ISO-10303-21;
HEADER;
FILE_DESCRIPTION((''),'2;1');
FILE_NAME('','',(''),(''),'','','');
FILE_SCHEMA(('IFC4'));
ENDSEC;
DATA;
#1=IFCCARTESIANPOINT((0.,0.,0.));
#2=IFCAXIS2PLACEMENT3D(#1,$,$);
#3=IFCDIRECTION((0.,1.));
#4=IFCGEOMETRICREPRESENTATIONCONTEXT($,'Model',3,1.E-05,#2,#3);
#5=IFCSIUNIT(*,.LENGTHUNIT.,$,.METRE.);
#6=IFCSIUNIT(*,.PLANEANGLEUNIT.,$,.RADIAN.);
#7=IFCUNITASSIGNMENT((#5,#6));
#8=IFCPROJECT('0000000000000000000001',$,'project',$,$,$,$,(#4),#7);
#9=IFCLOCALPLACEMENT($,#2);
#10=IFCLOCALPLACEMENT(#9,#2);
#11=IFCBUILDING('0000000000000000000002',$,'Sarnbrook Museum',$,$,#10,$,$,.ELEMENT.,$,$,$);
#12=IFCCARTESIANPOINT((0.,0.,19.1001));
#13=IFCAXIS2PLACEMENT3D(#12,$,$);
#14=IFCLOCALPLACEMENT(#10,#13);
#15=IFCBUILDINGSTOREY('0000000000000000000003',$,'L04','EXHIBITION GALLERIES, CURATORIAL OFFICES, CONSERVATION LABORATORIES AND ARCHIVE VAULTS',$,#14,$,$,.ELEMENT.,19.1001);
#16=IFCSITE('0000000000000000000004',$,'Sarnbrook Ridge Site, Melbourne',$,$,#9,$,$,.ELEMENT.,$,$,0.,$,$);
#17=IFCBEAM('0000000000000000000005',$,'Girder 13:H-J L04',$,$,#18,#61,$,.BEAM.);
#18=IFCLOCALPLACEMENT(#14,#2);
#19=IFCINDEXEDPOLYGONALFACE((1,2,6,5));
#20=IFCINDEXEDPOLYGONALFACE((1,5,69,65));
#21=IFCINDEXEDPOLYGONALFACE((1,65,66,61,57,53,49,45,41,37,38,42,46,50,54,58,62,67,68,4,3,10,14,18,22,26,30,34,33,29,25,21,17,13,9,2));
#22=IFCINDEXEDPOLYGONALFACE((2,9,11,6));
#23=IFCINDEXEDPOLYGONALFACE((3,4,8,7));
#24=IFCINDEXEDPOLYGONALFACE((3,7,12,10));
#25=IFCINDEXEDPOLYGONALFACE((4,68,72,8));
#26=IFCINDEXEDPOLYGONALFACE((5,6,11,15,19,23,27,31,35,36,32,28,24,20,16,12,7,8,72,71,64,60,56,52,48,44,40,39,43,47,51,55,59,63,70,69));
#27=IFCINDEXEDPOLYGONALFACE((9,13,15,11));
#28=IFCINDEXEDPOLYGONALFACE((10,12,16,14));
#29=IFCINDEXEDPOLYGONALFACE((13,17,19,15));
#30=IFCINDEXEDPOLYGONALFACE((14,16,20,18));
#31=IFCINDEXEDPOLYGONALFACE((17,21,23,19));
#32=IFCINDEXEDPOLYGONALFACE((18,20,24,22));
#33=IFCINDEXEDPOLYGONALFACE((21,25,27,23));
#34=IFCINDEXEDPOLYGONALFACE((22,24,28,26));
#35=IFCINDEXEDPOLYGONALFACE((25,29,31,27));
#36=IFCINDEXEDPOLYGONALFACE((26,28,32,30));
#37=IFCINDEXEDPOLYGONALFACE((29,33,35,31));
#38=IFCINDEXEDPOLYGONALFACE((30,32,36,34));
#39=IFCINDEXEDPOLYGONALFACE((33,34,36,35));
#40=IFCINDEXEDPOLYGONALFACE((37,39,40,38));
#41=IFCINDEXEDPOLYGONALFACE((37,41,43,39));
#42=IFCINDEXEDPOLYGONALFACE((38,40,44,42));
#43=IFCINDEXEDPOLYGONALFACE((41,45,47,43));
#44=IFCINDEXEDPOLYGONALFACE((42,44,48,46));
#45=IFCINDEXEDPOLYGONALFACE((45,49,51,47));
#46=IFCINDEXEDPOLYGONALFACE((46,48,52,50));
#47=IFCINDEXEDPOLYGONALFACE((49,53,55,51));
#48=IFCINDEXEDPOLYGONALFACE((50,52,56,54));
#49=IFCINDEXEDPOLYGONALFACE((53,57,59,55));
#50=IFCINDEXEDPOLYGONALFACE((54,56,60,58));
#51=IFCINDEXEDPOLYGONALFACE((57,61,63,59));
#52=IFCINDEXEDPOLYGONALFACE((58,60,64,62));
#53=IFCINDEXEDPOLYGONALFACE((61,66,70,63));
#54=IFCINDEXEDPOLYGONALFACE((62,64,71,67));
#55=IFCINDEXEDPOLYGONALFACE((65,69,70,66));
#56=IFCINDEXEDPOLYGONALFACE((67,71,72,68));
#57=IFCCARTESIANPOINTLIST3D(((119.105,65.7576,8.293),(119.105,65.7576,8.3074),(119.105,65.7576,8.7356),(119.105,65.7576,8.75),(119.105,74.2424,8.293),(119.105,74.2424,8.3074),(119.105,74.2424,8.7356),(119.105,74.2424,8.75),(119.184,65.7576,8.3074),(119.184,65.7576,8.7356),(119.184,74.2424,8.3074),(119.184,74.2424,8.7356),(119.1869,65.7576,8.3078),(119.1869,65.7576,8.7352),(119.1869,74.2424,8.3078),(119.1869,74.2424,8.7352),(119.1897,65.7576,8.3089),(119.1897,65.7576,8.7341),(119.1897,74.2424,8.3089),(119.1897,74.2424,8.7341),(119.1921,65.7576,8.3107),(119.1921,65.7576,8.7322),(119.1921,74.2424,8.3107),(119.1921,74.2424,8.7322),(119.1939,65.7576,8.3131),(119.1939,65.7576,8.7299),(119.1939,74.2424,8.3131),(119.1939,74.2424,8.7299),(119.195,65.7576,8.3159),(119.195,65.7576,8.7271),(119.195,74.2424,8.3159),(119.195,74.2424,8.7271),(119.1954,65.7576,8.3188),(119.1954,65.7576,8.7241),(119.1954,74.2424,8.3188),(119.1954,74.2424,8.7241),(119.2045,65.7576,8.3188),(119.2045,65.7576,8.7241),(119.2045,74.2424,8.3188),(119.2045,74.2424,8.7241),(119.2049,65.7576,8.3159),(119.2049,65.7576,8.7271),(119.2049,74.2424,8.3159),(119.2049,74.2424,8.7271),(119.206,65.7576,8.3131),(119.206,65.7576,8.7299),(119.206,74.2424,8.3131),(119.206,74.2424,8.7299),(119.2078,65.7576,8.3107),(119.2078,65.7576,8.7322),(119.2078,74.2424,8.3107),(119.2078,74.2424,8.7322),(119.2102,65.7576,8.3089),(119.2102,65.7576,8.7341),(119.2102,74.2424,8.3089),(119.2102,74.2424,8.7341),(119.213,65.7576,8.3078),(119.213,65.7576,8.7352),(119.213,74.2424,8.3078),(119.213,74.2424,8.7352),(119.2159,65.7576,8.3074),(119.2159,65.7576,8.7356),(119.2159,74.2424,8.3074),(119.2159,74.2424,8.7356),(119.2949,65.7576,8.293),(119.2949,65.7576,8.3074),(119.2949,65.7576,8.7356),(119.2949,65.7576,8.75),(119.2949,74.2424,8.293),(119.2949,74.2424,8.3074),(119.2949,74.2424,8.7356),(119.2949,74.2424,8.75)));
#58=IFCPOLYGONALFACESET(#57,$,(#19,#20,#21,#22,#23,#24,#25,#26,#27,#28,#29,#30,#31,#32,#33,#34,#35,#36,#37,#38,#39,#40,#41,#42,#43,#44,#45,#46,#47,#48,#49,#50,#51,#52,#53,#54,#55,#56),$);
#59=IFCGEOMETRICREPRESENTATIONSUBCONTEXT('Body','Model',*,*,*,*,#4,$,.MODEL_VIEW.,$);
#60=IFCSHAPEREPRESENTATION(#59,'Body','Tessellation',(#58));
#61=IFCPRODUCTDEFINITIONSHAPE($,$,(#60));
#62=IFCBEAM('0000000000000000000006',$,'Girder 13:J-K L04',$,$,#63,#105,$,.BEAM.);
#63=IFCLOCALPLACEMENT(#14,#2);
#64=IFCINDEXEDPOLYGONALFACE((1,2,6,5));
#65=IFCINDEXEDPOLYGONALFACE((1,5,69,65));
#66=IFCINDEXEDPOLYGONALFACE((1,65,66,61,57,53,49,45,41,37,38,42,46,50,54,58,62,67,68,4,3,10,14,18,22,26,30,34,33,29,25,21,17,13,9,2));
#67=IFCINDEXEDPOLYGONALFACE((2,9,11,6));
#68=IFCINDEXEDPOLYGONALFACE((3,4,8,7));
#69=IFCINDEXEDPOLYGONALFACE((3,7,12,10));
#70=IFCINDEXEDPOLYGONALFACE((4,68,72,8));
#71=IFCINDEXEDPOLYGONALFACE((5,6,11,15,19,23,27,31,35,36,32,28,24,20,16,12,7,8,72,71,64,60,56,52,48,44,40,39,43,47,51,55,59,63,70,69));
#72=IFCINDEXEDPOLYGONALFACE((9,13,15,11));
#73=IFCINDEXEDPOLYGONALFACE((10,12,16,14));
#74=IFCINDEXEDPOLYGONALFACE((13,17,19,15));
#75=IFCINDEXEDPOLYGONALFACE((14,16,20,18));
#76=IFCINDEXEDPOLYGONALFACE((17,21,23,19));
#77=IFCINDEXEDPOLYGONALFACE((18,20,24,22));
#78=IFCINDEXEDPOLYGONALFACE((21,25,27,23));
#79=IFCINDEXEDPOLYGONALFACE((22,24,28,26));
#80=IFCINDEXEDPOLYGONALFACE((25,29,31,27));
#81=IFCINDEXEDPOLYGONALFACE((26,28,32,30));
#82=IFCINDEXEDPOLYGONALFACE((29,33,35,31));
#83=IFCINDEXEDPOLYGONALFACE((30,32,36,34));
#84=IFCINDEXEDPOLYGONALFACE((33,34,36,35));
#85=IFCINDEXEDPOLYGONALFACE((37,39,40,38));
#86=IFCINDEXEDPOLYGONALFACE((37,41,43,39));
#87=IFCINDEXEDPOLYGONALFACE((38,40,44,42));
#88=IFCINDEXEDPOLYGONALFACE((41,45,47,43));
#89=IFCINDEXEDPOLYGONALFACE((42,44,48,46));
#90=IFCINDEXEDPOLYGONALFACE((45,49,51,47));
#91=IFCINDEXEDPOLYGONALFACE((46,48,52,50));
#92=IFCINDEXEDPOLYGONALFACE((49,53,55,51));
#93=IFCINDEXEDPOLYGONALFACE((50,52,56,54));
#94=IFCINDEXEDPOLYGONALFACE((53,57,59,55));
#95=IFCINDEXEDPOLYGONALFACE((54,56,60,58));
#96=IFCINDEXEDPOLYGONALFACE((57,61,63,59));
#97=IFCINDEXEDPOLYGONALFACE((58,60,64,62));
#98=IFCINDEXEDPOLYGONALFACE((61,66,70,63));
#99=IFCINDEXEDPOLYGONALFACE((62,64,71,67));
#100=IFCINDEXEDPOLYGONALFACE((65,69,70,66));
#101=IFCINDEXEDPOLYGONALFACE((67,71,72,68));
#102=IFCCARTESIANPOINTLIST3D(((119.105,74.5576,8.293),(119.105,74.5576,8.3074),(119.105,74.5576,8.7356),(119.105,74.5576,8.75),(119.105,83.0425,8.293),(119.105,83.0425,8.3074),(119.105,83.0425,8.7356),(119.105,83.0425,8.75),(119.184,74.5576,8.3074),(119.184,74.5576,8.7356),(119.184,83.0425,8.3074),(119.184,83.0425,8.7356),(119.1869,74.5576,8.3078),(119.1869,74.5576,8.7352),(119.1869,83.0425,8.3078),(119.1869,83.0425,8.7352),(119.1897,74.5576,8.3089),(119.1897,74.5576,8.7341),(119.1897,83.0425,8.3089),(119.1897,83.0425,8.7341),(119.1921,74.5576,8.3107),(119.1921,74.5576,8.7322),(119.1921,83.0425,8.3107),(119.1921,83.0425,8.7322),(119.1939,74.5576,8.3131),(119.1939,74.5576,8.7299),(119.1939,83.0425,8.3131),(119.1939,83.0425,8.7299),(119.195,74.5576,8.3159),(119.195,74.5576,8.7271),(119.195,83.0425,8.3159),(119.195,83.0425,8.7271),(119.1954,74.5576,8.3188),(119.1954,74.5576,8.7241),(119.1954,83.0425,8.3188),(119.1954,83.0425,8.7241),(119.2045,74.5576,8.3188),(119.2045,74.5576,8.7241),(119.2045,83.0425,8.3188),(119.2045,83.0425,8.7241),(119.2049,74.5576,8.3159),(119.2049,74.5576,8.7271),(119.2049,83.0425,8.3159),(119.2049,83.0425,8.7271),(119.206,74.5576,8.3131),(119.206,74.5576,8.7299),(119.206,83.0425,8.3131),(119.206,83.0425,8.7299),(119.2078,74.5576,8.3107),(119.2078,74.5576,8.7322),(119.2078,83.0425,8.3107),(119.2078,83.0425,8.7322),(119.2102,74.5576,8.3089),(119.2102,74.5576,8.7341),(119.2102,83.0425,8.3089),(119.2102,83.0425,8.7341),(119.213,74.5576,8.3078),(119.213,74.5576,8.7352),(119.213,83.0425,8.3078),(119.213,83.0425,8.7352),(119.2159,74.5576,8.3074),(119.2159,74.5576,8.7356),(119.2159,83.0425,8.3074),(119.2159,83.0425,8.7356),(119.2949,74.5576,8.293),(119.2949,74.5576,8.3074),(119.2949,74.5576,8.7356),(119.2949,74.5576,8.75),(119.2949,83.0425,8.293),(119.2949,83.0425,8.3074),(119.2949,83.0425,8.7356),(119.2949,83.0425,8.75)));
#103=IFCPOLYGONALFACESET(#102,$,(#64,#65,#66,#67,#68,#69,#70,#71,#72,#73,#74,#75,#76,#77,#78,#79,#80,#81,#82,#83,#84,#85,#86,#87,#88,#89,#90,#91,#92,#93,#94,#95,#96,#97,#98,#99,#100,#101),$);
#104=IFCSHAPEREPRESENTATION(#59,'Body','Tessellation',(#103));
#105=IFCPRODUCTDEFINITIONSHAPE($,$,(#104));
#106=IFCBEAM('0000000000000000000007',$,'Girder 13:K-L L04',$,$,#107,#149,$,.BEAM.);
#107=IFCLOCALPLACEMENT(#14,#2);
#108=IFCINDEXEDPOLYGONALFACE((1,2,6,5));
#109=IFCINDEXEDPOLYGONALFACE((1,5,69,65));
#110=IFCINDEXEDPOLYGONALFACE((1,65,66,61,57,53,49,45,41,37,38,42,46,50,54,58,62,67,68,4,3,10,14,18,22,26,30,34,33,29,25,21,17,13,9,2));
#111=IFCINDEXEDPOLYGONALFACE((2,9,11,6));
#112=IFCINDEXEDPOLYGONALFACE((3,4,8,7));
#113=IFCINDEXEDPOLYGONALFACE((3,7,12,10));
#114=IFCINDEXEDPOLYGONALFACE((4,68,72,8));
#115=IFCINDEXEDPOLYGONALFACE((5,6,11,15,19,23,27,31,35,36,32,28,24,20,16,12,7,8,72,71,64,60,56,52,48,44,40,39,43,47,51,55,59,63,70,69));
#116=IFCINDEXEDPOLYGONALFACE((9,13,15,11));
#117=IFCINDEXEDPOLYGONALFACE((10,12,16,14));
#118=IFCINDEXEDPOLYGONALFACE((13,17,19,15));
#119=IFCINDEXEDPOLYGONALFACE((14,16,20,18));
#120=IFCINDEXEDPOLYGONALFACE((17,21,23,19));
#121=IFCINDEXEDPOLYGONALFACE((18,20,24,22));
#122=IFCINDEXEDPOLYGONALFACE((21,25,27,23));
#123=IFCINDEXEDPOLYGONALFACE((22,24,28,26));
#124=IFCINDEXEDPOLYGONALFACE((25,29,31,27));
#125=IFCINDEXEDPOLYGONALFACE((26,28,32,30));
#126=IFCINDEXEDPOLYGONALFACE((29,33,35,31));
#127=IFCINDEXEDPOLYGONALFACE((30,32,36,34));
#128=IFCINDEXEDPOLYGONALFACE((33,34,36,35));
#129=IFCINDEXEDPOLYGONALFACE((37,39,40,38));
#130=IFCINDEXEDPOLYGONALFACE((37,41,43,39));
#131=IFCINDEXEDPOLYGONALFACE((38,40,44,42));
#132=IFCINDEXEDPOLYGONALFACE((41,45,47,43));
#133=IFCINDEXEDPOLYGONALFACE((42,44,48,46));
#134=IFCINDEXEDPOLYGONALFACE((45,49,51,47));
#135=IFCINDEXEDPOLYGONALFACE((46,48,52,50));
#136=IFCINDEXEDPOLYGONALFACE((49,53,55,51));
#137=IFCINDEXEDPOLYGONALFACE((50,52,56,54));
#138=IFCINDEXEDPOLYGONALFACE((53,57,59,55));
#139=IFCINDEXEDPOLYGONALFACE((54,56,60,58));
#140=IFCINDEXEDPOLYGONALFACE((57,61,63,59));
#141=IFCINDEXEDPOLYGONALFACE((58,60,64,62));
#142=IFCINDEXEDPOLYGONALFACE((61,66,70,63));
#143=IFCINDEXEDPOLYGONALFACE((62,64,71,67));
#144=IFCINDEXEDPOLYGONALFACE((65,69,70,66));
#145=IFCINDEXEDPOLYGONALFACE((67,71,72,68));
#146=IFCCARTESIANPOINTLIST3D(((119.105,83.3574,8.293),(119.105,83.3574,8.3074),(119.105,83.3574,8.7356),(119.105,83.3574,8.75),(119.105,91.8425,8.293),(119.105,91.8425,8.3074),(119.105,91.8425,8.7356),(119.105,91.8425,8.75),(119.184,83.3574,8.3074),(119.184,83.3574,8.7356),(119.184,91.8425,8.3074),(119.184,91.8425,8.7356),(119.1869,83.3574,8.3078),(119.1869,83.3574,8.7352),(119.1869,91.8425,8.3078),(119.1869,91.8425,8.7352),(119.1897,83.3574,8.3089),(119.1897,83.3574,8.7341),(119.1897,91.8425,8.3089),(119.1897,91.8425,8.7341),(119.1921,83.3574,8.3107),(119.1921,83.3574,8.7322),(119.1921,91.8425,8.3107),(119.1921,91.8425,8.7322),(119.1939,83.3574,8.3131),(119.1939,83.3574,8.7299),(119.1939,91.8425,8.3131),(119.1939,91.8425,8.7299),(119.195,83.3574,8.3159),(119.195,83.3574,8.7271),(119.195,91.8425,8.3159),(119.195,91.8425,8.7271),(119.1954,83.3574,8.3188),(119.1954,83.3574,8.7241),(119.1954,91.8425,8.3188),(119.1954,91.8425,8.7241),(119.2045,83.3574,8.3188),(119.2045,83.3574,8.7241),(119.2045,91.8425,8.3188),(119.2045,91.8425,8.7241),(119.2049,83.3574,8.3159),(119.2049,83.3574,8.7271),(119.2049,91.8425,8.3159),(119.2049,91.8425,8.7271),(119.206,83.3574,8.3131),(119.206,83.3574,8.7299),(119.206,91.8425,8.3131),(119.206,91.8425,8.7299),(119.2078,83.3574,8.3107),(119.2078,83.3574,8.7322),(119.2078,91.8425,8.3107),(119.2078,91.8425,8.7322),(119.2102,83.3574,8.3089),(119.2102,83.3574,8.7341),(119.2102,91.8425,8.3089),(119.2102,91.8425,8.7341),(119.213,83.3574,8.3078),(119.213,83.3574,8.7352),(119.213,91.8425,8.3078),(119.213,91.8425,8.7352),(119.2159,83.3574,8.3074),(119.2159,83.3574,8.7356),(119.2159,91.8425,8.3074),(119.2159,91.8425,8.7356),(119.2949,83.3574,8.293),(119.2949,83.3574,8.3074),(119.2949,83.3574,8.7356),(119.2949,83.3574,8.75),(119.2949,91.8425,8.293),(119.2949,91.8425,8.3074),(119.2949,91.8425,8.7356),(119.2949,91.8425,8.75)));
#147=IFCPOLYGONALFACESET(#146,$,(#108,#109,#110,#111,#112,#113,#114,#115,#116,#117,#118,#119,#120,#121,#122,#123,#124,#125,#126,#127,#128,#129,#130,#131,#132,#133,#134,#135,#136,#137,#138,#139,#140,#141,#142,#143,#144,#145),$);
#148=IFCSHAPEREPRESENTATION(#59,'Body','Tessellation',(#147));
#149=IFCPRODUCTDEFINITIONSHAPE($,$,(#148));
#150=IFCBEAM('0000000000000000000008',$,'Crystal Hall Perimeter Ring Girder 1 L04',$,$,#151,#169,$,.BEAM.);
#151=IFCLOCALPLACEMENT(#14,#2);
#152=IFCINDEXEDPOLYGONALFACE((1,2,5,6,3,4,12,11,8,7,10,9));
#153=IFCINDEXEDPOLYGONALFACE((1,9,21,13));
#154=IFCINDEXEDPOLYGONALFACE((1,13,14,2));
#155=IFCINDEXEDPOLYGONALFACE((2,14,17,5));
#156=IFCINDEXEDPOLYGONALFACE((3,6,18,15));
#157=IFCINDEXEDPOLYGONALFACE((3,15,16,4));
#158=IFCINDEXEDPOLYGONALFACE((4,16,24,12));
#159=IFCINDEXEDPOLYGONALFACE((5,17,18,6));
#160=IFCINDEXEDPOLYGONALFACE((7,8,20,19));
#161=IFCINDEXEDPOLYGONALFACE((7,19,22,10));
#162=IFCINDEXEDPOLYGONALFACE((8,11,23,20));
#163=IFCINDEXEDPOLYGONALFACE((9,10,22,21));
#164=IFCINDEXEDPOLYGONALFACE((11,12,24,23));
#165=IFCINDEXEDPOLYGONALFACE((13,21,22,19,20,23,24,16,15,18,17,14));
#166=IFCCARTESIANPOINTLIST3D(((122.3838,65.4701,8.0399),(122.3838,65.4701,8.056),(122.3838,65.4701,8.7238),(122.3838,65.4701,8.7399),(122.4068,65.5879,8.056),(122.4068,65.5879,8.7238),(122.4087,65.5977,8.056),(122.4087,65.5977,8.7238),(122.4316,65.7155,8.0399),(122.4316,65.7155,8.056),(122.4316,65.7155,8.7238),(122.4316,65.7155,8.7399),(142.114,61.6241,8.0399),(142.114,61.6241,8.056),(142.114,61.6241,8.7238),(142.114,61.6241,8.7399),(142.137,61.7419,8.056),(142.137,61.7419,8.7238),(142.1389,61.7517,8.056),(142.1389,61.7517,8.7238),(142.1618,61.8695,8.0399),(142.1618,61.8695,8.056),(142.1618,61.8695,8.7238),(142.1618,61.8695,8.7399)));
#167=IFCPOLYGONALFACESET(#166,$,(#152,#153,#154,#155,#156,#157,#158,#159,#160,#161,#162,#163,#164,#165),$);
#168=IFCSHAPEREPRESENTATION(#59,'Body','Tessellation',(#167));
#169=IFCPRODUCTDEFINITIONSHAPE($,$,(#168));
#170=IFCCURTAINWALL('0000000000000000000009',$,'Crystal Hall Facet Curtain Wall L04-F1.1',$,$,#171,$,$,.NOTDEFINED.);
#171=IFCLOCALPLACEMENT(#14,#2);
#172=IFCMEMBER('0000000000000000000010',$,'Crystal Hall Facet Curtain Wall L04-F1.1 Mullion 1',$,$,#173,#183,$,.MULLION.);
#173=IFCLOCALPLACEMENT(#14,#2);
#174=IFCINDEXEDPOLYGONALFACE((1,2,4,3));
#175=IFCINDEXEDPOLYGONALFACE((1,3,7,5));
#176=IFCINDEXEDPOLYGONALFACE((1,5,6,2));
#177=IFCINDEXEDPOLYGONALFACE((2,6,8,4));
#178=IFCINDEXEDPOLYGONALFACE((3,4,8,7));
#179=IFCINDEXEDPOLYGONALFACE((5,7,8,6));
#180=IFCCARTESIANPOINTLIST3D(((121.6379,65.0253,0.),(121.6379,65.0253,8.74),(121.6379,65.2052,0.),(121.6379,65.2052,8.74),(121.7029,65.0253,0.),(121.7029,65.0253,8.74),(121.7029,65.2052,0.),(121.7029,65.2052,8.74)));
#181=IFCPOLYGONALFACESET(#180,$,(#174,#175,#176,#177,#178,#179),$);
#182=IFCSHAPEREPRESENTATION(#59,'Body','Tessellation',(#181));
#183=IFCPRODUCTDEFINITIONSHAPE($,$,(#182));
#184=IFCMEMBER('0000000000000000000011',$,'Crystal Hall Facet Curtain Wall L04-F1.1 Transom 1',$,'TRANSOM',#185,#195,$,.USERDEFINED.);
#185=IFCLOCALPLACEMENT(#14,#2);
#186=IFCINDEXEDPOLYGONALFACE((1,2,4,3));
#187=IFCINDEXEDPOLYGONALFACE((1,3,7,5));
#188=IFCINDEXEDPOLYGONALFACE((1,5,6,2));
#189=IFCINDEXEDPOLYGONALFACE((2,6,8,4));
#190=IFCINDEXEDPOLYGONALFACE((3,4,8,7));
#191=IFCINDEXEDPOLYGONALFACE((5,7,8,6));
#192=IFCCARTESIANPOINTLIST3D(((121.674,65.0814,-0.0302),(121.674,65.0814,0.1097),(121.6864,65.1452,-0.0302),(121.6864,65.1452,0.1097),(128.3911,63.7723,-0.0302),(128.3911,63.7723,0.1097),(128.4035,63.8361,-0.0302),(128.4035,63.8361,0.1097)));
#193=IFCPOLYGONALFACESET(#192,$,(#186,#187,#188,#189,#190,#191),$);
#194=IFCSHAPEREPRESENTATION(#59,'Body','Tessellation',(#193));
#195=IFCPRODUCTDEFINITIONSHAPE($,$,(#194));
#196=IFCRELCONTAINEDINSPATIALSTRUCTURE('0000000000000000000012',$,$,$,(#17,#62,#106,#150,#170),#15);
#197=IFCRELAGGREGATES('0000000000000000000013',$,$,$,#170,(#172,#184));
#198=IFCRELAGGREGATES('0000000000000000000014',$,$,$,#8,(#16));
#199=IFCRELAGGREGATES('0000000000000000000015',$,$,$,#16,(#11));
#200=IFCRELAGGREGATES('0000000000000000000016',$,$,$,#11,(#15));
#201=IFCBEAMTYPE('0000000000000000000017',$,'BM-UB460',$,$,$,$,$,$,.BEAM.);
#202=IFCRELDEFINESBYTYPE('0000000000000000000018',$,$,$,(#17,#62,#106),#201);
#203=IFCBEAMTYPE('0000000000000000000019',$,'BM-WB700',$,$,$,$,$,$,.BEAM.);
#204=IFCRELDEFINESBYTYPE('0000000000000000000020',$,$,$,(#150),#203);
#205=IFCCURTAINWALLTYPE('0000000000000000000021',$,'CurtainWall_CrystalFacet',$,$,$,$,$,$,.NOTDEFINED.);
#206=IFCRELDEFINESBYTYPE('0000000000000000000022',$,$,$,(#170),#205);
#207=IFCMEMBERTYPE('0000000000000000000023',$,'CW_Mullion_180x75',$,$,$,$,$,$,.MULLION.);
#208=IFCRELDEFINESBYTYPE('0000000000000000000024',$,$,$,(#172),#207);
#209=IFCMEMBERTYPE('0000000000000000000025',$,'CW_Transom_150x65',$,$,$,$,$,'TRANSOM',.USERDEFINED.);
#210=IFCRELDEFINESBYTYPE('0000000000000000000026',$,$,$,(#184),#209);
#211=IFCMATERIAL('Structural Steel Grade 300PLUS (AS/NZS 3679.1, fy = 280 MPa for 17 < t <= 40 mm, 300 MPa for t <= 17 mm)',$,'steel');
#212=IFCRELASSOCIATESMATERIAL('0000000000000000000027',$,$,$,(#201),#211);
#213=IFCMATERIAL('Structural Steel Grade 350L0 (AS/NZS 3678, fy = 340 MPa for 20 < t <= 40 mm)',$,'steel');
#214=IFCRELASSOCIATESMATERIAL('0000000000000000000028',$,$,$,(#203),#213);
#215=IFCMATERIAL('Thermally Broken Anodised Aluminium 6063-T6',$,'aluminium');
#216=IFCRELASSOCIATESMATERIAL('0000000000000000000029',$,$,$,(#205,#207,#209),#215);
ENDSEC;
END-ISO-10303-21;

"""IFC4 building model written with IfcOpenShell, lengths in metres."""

from ifc_helpers import new_model, si_unit, direction, frame, origin, origin_2d, place, context, subcontext, project, spatial, rectangle, i_section, extrude, material, material_profile, profile_set, type_object, element, aggregate, save


model = new_model("IFC4")

# Units and contexts
model_context = context("Model", 3, precision=1e-05, world=origin(), true_north=direction((0.0, 1.0)))
body_context = subcontext(model_context, "Body", "Model", "MODEL_VIEW")
ifc_project = project(units=[si_unit("LENGTHUNIT", "METRE"), si_unit("PLANEANGLEUNIT", "RADIAN")], contexts=[model_context])

# Site, building, storey
site_placement = place(None, origin())
site = spatial("IfcSite", under=ifc_project, at=site_placement, Name="Sarnbrook Ridge Site, Melbourne", CompositionType="ELEMENT", RefElevation=0.0)
building_placement = place(site_placement, origin())
building = spatial("IfcBuilding", under=site, at=building_placement, Name="Sarnbrook Museum", CompositionType="ELEMENT")
storey_placement = place(building_placement, frame((0.0, 0.0, 19.1001)))
storey = spatial("IfcBuildingStorey", under=building, at=storey_placement, Name="L04", Description="EXHIBITION GALLERIES, CURATORIAL OFFICES, CONSERVATION LABORATORIES AND ARCHIVE VAULTS", CompositionType="ELEMENT", Elevation=19.1001)

# Shared definitions
ifc_material_1 = material(Name="Structural Steel Grade 300PLUS (AS/NZS 3679.1, fy = 280 MPa for 17 < t <= 40 mm, 300 MPa for t <= 17 mm)", Category="steel")
ifc_material_2 = material(Name="Structural Steel Grade 350L0 (AS/NZS 3678, fy = 340 MPa for 20 < t <= 40 mm)", Category="steel")

# Beams
ifc_material_profile_1 = material_profile(ifc_material_1, i_section(OverallWidth=0.1899, OverallDepth=0.457, WebThickness=0.009, FlangeThickness=0.0144, FilletRadius=0.0115, at=origin_2d()), Name="460UB74.6")
ifc_profile_set_1 = profile_set([ifc_material_profile_1], Name="Structural Steel Grade 300PLUS (AS/NZS 3679.1, fy = 280 MPa for 17 < t <= 40 mm, 300 MPa for t <= 17 mm)")
beam_type_1 = type_object("IfcBeamType", Name="BM-UB460", PredefinedType="BEAM", material=ifc_profile_set_1)
for number, where, z_axis, x_axis, name in (
    (1, (119.2, 65.7576, 8.5215), (0.0, 1.0, 0.0), (-1.0, 0.0, 0.0), "Girder 13:H-J L04"),
    (2, (119.2, 74.5576, 8.5215), (0.0, 1.0, 0.0), (-1.0, 0.0, 0.0), "Girder 13:J-K L04"),
):
    element("IfcBeam", number, at=place(storey_placement, frame(where, z_axis=z_axis, x_axis=x_axis)), inside=storey, type_object=beam_type_1, Name=name, PredefinedType="BEAM", context=body_context, shape_type="SweptSolid", body=[
        extrude(i_section(OverallWidth=0.1899, OverallDepth=0.457, WebThickness=0.009, FlangeThickness=0.0144, FilletRadius=0.0115, at=origin_2d()), origin(), (0.0, 0.0, 1.0), 8.4849),
    ])
beam_1_placement = place(storey_placement, frame((119.2, 83.3574, 8.5215), z_axis=(0.0, 1.0, 0.0), x_axis=(-1.0, 0.0, 0.0)))
element("IfcBeam", 3, at=beam_1_placement, inside=storey, type_object=beam_type_1, Name="Girder 13:K-L L04", PredefinedType="BEAM", context=body_context, shape_type="SweptSolid", body=[
    extrude(i_section(OverallWidth=0.1899, OverallDepth=0.457, WebThickness=0.009, FlangeThickness=0.0144, FilletRadius=0.0115, at=origin_2d()), origin(), (0.0, 0.0, 1.0), 8.4851),
])
ifc_material_profile_2 = material_profile(ifc_material_2, i_section(OverallWidth=0.25, OverallDepth=0.7, WebThickness=0.01, FlangeThickness=0.0161, at=origin_2d()), Name="700WB130")
ifc_profile_set_2 = profile_set([ifc_material_profile_2], Name="Structural Steel Grade 350L0 (AS/NZS 3678, fy = 340 MPa for 20 < t <= 40 mm)")
beam_type_2 = type_object("IfcBeamType", Name="BM-WB700", PredefinedType="BEAM", material=ifc_profile_set_2)
beam_2_placement = place(storey_placement, frame((122.4077, 65.5928, 8.3899), z_axis=(0.981527, -0.191326, 0.0), x_axis=(0.191326, 0.981527, 0.0)))
element("IfcBeam", 4, at=beam_2_placement, inside=storey, type_object=beam_type_2, Name="Crystal Hall Perimeter Ring Girder 1 L04", PredefinedType="BEAM", context=body_context, shape_type="SweptSolid", body=[
    extrude(i_section(OverallWidth=0.25, OverallDepth=0.7, WebThickness=0.01, FlangeThickness=0.0161, at=origin_2d()), origin(), (0.0, 0.0, 1.0), 20.1016),
])

# Curtain wall, members
ifc_material_3 = material(Name="Thermally Broken Anodised Aluminium 6063-T6", Category="aluminium")
curtain_wall_type = type_object("IfcCurtainWallType", Name="CurtainWall_CrystalFacet", PredefinedType="NOTDEFINED", material=ifc_material_3)
curtain_wall_placement = place(storey_placement, origin())
curtain_wall = element("IfcCurtainWall", 5, at=curtain_wall_placement, inside=storey, type_object=curtain_wall_type, Name="Crystal Hall Facet Curtain Wall L04-F1.1", PredefinedType="NOTDEFINED")
ifc_material_profile_3 = material_profile(ifc_material_3, rectangle(XDim=0.0649, YDim=0.1799, at=origin_2d()), Name="ALU MULLION 65x180")
ifc_profile_set_3 = profile_set([ifc_material_profile_3], Name="Thermally Broken Anodised Aluminium 6063-T6")
member_type_1 = type_object("IfcMemberType", Name="CW_Mullion_180x75", PredefinedType="MULLION", material=ifc_profile_set_3)
member_1_placement = place(storey_placement, frame((121.6704, 65.1152, 0.0), z_axis=(0.0, 0.0, 1.0), x_axis=(1.0, 0.0, 0.0)))
member_1 = element("IfcMember", 6, at=member_1_placement, type_object=member_type_1, Name="Crystal Hall Facet Curtain Wall L04-F1.1 Mullion 1", PredefinedType="MULLION", context=body_context, shape_type="SweptSolid", body=[
    extrude(rectangle(XDim=0.0649, YDim=0.1799, at=origin_2d()), origin(), (0.0, 0.0, 1.0), 8.74),
])
ifc_material_profile_4 = material_profile(ifc_material_3, rectangle(XDim=0.0649, YDim=0.1399, at=origin_2d()), Name="ALU TRANSOM 65x140")
ifc_profile_set_4 = profile_set([ifc_material_profile_4], Name="Thermally Broken Anodised Aluminium 6063-T6")
member_type_2 = type_object("IfcMemberType", Name="CW_Transom_150x65", ElementType="TRANSOM", PredefinedType="USERDEFINED", material=ifc_profile_set_4)
member_2_placement = place(storey_placement, frame((121.6802, 65.1133, 0.0398), z_axis=(0.981533, -0.191291, 0.0), x_axis=(0.191291, 0.981533, 0.0)))
member_2 = element("IfcMember", 7, at=member_2_placement, type_object=member_type_2, Name="Crystal Hall Facet Curtain Wall L04-F1.1 Transom 1", ObjectType="TRANSOM", PredefinedType="USERDEFINED", context=body_context, shape_type="SweptSolid", body=[
    extrude(rectangle(XDim=0.0649, YDim=0.1399, at=origin_2d()), origin(), (0.0, 0.0, 1.0), 6.8435),
])

aggregate(curtain_wall, [member_1, member_2])

save(model, "model.ifc")
